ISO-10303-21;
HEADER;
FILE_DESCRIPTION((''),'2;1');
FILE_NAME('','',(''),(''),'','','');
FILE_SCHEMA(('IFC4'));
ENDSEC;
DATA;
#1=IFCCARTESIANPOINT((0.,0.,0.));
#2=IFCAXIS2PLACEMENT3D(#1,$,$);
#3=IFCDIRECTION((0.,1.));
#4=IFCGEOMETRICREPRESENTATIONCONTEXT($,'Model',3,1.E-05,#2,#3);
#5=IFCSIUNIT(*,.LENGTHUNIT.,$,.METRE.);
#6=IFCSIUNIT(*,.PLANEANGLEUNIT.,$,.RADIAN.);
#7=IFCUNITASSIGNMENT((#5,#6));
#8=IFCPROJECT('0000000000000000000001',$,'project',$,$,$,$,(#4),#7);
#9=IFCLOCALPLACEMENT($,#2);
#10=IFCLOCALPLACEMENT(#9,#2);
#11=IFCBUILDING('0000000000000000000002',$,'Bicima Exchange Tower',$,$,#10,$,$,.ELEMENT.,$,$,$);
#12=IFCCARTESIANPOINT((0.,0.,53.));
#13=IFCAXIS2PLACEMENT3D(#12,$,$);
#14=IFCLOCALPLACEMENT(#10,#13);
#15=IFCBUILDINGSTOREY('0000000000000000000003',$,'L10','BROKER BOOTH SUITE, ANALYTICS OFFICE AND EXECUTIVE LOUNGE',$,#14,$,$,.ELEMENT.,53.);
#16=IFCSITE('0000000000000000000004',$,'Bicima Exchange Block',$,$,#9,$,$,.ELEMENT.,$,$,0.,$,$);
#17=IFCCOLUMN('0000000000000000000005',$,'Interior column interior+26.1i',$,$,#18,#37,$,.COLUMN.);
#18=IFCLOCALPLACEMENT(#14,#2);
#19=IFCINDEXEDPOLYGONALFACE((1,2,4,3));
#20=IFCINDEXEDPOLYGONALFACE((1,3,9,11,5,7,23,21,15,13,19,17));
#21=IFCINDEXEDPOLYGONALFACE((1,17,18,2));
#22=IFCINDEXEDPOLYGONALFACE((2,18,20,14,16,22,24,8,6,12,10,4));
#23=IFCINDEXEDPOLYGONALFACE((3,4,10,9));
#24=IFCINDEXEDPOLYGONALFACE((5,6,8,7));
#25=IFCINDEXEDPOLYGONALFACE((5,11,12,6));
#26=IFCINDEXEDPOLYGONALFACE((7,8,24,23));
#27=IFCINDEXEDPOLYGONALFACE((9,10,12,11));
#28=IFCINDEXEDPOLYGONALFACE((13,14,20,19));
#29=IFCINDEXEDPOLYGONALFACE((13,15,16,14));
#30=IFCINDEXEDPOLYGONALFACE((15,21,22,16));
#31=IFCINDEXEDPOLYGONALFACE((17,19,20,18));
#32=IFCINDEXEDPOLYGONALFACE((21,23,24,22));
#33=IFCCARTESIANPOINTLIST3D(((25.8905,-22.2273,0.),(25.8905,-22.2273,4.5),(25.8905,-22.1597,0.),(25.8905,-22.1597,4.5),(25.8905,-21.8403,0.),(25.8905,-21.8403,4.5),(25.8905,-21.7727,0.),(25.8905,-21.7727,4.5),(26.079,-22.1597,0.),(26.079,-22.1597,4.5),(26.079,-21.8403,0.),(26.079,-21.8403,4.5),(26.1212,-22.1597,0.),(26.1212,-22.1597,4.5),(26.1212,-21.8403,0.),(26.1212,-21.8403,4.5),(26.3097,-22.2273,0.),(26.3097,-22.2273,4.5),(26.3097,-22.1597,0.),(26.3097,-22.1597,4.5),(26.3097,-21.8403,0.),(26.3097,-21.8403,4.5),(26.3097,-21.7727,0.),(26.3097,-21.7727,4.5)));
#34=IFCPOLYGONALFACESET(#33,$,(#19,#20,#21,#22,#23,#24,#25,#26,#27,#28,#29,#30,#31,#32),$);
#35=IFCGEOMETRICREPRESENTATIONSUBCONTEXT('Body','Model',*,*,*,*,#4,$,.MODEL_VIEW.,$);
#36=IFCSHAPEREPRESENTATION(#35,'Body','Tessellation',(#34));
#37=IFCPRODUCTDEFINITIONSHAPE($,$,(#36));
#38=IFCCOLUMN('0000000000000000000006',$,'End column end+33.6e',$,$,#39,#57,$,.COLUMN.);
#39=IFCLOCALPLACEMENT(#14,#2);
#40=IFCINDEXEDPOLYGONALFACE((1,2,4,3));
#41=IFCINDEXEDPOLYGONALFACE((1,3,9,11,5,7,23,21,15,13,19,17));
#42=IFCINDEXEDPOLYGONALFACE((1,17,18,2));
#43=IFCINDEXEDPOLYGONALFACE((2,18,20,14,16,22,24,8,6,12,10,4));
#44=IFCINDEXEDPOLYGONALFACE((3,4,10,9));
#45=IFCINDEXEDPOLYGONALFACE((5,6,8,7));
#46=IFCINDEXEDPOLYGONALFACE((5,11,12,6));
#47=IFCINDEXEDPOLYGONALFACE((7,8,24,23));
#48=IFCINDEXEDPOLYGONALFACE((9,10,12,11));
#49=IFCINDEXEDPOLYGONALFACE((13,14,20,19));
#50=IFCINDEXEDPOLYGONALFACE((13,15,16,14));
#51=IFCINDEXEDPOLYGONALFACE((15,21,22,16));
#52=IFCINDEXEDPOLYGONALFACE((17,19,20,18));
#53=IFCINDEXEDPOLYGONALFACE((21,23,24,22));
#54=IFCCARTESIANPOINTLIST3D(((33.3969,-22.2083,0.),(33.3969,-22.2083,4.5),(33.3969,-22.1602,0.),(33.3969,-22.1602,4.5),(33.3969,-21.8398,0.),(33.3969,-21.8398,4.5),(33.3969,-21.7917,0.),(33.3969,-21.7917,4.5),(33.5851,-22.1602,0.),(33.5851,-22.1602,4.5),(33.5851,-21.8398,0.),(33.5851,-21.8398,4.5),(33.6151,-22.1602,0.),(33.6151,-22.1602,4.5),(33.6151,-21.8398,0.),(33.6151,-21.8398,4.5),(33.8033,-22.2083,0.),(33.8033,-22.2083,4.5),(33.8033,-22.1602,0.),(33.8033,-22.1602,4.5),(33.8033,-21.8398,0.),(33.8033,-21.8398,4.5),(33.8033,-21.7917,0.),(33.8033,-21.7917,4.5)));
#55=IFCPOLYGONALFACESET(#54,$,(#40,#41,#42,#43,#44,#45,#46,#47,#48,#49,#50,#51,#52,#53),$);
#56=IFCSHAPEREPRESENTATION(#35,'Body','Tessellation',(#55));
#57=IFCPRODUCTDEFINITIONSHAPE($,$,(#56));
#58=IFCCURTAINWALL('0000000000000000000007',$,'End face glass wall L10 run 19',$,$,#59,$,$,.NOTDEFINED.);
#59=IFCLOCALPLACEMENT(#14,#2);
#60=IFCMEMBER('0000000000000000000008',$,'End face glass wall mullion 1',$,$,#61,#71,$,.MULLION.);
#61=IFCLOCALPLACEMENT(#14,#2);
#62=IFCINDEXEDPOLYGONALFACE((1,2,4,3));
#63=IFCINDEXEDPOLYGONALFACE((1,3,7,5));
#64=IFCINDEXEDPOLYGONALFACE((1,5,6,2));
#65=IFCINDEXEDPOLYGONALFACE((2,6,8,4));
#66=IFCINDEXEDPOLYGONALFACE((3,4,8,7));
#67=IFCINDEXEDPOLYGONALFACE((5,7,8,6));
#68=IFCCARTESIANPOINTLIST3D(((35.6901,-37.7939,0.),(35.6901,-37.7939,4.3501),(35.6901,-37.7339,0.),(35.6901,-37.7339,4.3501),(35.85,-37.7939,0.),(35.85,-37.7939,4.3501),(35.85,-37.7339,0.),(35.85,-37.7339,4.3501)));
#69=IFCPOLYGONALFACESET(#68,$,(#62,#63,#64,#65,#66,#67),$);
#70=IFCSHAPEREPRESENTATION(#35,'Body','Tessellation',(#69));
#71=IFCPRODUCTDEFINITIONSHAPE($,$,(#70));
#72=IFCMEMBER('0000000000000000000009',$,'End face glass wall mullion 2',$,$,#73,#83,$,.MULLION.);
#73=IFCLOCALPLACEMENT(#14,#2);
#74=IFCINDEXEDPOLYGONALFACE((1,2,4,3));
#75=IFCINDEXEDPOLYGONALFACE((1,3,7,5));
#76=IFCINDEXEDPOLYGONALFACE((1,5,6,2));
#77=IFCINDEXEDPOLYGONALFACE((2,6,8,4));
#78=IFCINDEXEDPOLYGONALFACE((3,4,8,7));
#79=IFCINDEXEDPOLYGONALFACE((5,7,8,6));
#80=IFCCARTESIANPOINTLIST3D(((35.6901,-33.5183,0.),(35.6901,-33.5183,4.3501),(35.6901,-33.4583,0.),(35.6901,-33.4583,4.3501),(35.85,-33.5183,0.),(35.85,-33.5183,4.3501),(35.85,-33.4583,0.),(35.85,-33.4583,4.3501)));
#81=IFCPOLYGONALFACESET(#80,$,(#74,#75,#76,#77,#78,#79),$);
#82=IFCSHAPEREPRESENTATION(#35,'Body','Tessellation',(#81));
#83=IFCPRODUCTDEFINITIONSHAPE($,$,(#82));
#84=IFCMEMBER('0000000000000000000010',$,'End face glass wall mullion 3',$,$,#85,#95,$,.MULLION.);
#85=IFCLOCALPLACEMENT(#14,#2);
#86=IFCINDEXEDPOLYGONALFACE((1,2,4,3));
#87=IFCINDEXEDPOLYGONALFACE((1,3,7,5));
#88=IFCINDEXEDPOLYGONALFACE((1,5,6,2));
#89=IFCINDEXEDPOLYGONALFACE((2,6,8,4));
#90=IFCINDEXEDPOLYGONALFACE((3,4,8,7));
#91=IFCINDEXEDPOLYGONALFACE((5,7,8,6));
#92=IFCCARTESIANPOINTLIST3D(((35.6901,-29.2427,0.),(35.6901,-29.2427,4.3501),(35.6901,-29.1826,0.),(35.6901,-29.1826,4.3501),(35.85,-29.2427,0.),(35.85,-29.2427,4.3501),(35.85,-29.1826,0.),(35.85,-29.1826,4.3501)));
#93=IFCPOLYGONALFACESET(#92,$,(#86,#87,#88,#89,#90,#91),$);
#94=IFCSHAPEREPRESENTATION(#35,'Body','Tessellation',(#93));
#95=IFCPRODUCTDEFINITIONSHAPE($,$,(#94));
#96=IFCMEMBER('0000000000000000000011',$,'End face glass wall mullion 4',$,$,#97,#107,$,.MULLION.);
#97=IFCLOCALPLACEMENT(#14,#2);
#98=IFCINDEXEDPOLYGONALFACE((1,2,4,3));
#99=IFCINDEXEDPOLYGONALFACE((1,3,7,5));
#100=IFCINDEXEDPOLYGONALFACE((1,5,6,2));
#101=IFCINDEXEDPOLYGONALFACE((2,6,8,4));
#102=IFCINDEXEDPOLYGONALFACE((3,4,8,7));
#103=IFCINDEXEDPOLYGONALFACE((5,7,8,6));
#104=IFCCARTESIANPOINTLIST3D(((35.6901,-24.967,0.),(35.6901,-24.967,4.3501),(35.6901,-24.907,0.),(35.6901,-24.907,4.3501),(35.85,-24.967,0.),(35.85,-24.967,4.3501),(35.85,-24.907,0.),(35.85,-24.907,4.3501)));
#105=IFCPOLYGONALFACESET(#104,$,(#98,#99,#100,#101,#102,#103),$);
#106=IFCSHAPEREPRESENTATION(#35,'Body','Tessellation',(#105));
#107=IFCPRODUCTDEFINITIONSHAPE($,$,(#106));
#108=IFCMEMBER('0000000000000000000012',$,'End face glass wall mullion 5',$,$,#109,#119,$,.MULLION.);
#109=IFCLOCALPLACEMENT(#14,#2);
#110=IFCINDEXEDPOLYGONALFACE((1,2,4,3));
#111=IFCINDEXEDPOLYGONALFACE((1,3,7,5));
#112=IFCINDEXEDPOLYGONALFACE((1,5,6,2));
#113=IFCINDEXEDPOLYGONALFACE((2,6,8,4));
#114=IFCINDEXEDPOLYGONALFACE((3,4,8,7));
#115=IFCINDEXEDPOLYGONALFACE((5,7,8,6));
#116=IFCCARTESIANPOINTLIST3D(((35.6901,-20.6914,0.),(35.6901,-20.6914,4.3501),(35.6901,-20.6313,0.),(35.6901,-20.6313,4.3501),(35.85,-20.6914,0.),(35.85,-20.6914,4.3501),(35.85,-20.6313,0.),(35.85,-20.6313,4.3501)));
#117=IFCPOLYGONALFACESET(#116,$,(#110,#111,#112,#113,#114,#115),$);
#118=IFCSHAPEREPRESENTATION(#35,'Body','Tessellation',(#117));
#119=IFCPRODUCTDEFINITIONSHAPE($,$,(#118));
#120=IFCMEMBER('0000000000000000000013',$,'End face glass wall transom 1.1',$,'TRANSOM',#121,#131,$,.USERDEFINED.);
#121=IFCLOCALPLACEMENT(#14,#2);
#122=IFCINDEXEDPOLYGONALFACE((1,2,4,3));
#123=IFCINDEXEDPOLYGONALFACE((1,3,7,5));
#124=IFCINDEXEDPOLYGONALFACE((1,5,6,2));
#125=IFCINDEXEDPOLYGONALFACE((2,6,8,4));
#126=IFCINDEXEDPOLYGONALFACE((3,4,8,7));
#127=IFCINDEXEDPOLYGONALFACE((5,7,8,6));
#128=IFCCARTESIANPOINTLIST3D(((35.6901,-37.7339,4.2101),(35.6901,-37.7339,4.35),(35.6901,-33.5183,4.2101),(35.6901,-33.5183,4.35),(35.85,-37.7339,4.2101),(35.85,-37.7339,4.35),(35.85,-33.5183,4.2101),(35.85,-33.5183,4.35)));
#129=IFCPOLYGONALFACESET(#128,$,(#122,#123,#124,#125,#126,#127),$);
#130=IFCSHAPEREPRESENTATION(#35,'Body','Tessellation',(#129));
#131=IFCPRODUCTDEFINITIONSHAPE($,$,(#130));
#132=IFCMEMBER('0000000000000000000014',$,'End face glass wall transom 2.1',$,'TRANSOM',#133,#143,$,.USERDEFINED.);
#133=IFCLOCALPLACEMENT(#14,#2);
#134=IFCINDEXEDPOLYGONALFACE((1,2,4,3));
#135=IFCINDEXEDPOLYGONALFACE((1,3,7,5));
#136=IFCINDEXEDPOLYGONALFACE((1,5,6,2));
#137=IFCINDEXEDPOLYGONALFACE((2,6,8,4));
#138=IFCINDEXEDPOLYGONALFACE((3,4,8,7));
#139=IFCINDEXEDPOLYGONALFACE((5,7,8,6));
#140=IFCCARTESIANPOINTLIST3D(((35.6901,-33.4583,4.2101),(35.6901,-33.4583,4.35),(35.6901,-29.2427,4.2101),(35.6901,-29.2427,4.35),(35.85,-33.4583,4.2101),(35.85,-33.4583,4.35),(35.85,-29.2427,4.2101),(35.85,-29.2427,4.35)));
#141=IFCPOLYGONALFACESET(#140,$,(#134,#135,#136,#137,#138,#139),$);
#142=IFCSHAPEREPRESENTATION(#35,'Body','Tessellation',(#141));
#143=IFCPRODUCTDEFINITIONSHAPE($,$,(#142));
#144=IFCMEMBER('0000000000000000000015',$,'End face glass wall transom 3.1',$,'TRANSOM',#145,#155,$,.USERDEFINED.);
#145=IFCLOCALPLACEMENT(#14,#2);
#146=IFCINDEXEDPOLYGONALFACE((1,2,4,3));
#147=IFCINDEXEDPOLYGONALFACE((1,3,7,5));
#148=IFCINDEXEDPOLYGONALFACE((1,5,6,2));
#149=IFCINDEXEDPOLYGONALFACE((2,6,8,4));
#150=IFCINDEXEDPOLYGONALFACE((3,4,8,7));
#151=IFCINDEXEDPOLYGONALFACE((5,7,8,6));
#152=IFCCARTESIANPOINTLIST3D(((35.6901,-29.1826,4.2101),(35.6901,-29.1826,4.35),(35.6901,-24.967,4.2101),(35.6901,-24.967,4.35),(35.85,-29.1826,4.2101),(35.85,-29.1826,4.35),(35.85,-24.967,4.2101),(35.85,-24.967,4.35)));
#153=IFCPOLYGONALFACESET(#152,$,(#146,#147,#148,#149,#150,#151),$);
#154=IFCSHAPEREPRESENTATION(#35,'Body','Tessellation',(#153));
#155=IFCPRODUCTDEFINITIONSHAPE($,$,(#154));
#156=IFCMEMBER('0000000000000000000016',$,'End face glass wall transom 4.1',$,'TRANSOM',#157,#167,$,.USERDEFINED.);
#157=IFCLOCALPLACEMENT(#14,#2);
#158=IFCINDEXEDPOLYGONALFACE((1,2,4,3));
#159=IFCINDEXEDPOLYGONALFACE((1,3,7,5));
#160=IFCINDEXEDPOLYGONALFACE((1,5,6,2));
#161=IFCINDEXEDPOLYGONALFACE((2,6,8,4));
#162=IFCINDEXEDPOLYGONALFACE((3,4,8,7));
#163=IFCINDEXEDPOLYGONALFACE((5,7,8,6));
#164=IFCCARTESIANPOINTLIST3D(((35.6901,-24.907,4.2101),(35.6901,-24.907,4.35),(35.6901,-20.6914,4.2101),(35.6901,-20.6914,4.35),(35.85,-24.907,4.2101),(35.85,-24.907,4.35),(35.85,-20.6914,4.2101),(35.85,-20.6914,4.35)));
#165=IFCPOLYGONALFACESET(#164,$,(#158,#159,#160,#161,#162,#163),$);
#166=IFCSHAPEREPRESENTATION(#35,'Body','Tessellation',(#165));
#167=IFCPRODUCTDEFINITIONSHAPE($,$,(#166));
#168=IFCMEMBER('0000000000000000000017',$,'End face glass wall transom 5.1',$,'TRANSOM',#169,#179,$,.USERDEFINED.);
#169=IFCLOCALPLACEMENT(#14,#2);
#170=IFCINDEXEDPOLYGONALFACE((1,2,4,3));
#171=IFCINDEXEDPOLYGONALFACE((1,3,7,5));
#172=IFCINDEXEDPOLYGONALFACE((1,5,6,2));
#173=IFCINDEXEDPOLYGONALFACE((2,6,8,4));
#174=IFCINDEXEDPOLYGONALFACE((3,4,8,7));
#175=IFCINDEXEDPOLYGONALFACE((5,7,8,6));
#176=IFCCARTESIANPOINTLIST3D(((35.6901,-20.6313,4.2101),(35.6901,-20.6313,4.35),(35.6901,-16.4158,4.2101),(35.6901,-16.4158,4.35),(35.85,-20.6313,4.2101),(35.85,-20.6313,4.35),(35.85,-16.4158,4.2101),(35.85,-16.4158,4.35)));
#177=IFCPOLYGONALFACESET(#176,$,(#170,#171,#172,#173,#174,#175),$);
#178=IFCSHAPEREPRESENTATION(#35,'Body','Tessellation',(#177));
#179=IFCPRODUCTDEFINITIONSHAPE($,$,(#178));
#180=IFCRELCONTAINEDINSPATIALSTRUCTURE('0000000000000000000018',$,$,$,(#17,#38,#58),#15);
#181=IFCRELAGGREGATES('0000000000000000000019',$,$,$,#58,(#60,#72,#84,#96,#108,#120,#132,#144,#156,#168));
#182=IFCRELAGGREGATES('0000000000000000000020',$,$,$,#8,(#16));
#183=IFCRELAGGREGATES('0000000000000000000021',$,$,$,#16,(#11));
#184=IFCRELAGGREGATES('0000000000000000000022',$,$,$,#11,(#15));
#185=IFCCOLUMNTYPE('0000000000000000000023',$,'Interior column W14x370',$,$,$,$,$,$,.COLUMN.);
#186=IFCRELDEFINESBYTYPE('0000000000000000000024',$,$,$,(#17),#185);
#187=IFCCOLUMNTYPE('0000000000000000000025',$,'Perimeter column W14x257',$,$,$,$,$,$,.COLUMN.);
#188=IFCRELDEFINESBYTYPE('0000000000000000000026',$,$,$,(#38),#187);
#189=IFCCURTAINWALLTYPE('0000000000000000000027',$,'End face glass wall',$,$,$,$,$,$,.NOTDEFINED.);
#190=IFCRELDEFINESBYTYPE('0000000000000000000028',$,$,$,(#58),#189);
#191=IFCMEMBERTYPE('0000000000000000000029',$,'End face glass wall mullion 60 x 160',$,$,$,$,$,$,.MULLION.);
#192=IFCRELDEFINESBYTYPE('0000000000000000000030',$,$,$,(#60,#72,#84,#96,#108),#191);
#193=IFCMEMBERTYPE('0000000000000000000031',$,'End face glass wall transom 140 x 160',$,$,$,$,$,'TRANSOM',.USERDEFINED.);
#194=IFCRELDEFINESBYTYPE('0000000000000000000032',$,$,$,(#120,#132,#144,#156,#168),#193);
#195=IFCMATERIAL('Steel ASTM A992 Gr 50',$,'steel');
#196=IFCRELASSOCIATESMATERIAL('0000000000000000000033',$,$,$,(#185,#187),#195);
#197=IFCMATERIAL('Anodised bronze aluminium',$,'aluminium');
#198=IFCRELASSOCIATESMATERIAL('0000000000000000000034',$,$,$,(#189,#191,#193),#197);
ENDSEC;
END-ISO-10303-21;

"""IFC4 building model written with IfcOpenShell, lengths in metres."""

from ifc_helpers import new_model, si_unit, direction, frame, origin, origin_2d, place, context, subcontext, project, spatial, rectangle, i_section, extrude, material, material_profile, profile_set, type_object, element, aggregate, save


model = new_model("IFC4")

# Units and contexts
model_context = context("Model", 3, precision=1e-05, world=origin(), true_north=direction((0.0, 1.0)))
body_context = subcontext(model_context, "Body", "Model", "MODEL_VIEW")
ifc_project = project(units=[si_unit("LENGTHUNIT", "METRE"), si_unit("PLANEANGLEUNIT", "RADIAN")], contexts=[model_context])

# Site, building, storey
site_placement = place(None, origin())
site = spatial("IfcSite", under=ifc_project, at=site_placement, Name="Bicima Exchange Block", CompositionType="ELEMENT", RefElevation=0.0)
building_placement = place(site_placement, origin())
building = spatial("IfcBuilding", under=site, at=building_placement, Name="Bicima Exchange Tower", CompositionType="ELEMENT")
storey_placement = place(building_placement, frame((0.0, 0.0, 53.0)))
storey = spatial("IfcBuildingStorey", under=building, at=storey_placement, Name="L10", Description="BROKER BOOTH SUITE, ANALYTICS OFFICE AND EXECUTIVE LOUNGE", CompositionType="ELEMENT", Elevation=53.0)

# Columns
ifc_material_1 = material(Name="Steel ASTM A992 Gr 50", Category="steel")
ifc_material_profile_1 = material_profile(ifc_material_1, i_section(OverallWidth=0.4192, OverallDepth=0.4546, WebThickness=0.0422, FlangeThickness=0.0676, at=origin_2d()))
ifc_profile_set_1 = profile_set([ifc_material_profile_1], Name="Steel ASTM A992 Gr 50")
column_type_1 = type_object("IfcColumnType", Name="Interior column W14x370", PredefinedType="COLUMN", material=ifc_profile_set_1)
column_1_placement = place(storey_placement, frame((26.1001, -22.0, 0.0), z_axis=(0.0, 0.0, 1.0), x_axis=(1.0, 0.0, 0.0)))
element("IfcColumn", 1, at=column_1_placement, inside=storey, type_object=column_type_1, Name="Interior column interior+26.1i", PredefinedType="COLUMN", context=body_context, shape_type="SweptSolid", body=[
    extrude(i_section(OverallWidth=0.4192, OverallDepth=0.4546, WebThickness=0.0422, FlangeThickness=0.0676, at=origin_2d()), origin(), (0.0, 0.0, 1.0), 4.5),
])
ifc_material_profile_2 = material_profile(ifc_material_1, i_section(OverallWidth=0.4065, OverallDepth=0.4165, WebThickness=0.03, FlangeThickness=0.0481, at=origin_2d()))
ifc_profile_set_2 = profile_set([ifc_material_profile_2], Name="Steel ASTM A992 Gr 50")
column_type_2 = type_object("IfcColumnType", Name="Perimeter column W14x257", PredefinedType="COLUMN", material=ifc_profile_set_2)
column_2_placement = place(storey_placement, frame((33.6001, -22.0, 0.0), z_axis=(0.0, 0.0, 1.0), x_axis=(1.0, 0.0, 0.0)))
element("IfcColumn", 2, at=column_2_placement, inside=storey, type_object=column_type_2, Name="End column end+33.6e", PredefinedType="COLUMN", context=body_context, shape_type="SweptSolid", body=[
    extrude(i_section(OverallWidth=0.4065, OverallDepth=0.4165, WebThickness=0.03, FlangeThickness=0.0481, at=origin_2d()), origin(), (0.0, 0.0, 1.0), 4.5),
])

# Curtain wall, members
ifc_material_2 = material(Name="Anodised bronze aluminium", Category="aluminium")
curtain_wall_type_1 = type_object("IfcCurtainWallType", Name="End face glass wall", PredefinedType="NOTDEFINED", material=ifc_material_2)
curtain_wall_1_placement = place(storey_placement, origin())
curtain_wall_1 = element("IfcCurtainWall", 3, at=curtain_wall_1_placement, inside=storey, type_object=curtain_wall_type_1, Name="End face glass wall L10 run 19", PredefinedType="NOTDEFINED")
ifc_material_profile_3 = material_profile(ifc_material_2, rectangle(XDim=0.1599, YDim=0.0601, at=origin_2d()))
ifc_profile_set_3 = profile_set([ifc_material_profile_3], Name="Anodised bronze aluminium")
member_type_1 = type_object("IfcMemberType", Name="End face glass wall mullion 60 x 160", PredefinedType="MULLION", material=ifc_profile_set_3)
member_1_placement = place(storey_placement, frame((35.77, -37.7639, 0.0), z_axis=(0.0, 0.0, 1.0), x_axis=(-1.0, 0.0, 0.0)))
member_1 = element("IfcMember", 4, at=member_1_placement, type_object=member_type_1, Name="End face glass wall mullion 1", PredefinedType="MULLION", context=body_context, shape_type="SweptSolid", body=[
    extrude(rectangle(XDim=0.1599, YDim=0.0601, at=origin_2d()), origin(), (0.0, 0.0, 1.0), 4.3501),
])
member_2_placement = place(storey_placement, frame((35.77, -33.4883, 0.0), z_axis=(0.0, 0.0, 1.0), x_axis=(-1.0, 0.0, 0.0)))
member_2 = element("IfcMember", 5, at=member_2_placement, type_object=member_type_1, Name="End face glass wall mullion 2", PredefinedType="MULLION", context=body_context, shape_type="SweptSolid", body=[
    extrude(rectangle(XDim=0.1599, YDim=0.0601, at=origin_2d()), origin(), (0.0, 0.0, 1.0), 4.3501),
])
member_3_placement = place(storey_placement, frame((35.77, -29.2126, 0.0), z_axis=(0.0, 0.0, 1.0), x_axis=(-1.0, 0.0, 0.0)))
member_3 = element("IfcMember", 6, at=member_3_placement, type_object=member_type_1, Name="End face glass wall mullion 3", PredefinedType="MULLION", context=body_context, shape_type="SweptSolid", body=[
    extrude(rectangle(XDim=0.1599, YDim=0.0601, at=origin_2d()), origin(), (0.0, 0.0, 1.0), 4.3501),
])
member_4_placement = place(storey_placement, frame((35.77, -24.937, 0.0), z_axis=(0.0, 0.0, 1.0), x_axis=(-1.0, 0.0, 0.0)))
member_4 = element("IfcMember", 7, at=member_4_placement, type_object=member_type_1, Name="End face glass wall mullion 4", PredefinedType="MULLION", context=body_context, shape_type="SweptSolid", body=[
    extrude(rectangle(XDim=0.1599, YDim=0.0601, at=origin_2d()), origin(), (0.0, 0.0, 1.0), 4.3501),
])
member_5_placement = place(storey_placement, frame((35.77, -20.6614, 0.0), z_axis=(0.0, 0.0, 1.0), x_axis=(-1.0, 0.0, 0.0)))
member_5 = element("IfcMember", 8, at=member_5_placement, type_object=member_type_1, Name="End face glass wall mullion 5", PredefinedType="MULLION", context=body_context, shape_type="SweptSolid", body=[
    extrude(rectangle(XDim=0.1599, YDim=0.0601, at=origin_2d()), origin(), (0.0, 0.0, 1.0), 4.3501),
])
ifc_material_profile_4 = material_profile(ifc_material_2, rectangle(XDim=0.1599, YDim=0.1399, at=origin_2d()))
ifc_profile_set_4 = profile_set([ifc_material_profile_4], Name="Anodised bronze aluminium")
member_type_2 = type_object("IfcMemberType", Name="End face glass wall transom 140 x 160", ElementType="TRANSOM", PredefinedType="USERDEFINED", material=ifc_profile_set_4)
member_6_placement = place(storey_placement, frame((35.77, -37.7339, 4.28), z_axis=(0.0, 1.0, 0.0), x_axis=(-1.0, 0.0, 0.0)))
member_6 = element("IfcMember", 9, at=member_6_placement, type_object=member_type_2, Name="End face glass wall transom 1.1", ObjectType="TRANSOM", PredefinedType="USERDEFINED", context=body_context, shape_type="SweptSolid", body=[
    extrude(rectangle(XDim=0.1599, YDim=0.1399, at=origin_2d()), origin(), (0.0, 0.0, 1.0), 4.2156),
])
member_7_placement = place(storey_placement, frame((35.77, -33.4583, 4.28), z_axis=(0.0, 1.0, 0.0), x_axis=(-1.0, 0.0, 0.0)))
member_7 = element("IfcMember", 10, at=member_7_placement, type_object=member_type_2, Name="End face glass wall transom 2.1", ObjectType="TRANSOM", PredefinedType="USERDEFINED", context=body_context, shape_type="SweptSolid", body=[
    extrude(rectangle(XDim=0.1599, YDim=0.1399, at=origin_2d()), origin(), (0.0, 0.0, 1.0), 4.2156),
])
member_8_placement = place(storey_placement, frame((35.77, -29.1826, 4.28), z_axis=(0.0, 1.0, 0.0), x_axis=(-1.0, 0.0, 0.0)))
member_8 = element("IfcMember", 11, at=member_8_placement, type_object=member_type_2, Name="End face glass wall transom 3.1", ObjectType="TRANSOM", PredefinedType="USERDEFINED", context=body_context, shape_type="SweptSolid", body=[
    extrude(rectangle(XDim=0.1599, YDim=0.1399, at=origin_2d()), origin(), (0.0, 0.0, 1.0), 4.2156),
])
member_9_placement = place(storey_placement, frame((35.77, -24.907, 4.28), z_axis=(0.0, 1.0, 0.0), x_axis=(-1.0, 0.0, 0.0)))
member_9 = element("IfcMember", 12, at=member_9_placement, type_object=member_type_2, Name="End face glass wall transom 4.1", ObjectType="TRANSOM", PredefinedType="USERDEFINED", context=body_context, shape_type="SweptSolid", body=[
    extrude(rectangle(XDim=0.1599, YDim=0.1399, at=origin_2d()), origin(), (0.0, 0.0, 1.0), 4.2156),
])
member_10_placement = place(storey_placement, frame((35.77, -20.6313, 4.28), z_axis=(0.0, 1.0, 0.0), x_axis=(-1.0, 0.0, 0.0)))
member_10 = element("IfcMember", 13, at=member_10_placement, type_object=member_type_2, Name="End face glass wall transom 5.1", ObjectType="TRANSOM", PredefinedType="USERDEFINED", context=body_context, shape_type="SweptSolid", body=[
    extrude(rectangle(XDim=0.1599, YDim=0.1399, at=origin_2d()), origin(), (0.0, 0.0, 1.0), 4.2156),
])

aggregate(curtain_wall_1, [member_1, member_2, member_3, member_4, member_5, member_6, member_7, member_8, member_9, member_10])

save(model, "model.ifc")
